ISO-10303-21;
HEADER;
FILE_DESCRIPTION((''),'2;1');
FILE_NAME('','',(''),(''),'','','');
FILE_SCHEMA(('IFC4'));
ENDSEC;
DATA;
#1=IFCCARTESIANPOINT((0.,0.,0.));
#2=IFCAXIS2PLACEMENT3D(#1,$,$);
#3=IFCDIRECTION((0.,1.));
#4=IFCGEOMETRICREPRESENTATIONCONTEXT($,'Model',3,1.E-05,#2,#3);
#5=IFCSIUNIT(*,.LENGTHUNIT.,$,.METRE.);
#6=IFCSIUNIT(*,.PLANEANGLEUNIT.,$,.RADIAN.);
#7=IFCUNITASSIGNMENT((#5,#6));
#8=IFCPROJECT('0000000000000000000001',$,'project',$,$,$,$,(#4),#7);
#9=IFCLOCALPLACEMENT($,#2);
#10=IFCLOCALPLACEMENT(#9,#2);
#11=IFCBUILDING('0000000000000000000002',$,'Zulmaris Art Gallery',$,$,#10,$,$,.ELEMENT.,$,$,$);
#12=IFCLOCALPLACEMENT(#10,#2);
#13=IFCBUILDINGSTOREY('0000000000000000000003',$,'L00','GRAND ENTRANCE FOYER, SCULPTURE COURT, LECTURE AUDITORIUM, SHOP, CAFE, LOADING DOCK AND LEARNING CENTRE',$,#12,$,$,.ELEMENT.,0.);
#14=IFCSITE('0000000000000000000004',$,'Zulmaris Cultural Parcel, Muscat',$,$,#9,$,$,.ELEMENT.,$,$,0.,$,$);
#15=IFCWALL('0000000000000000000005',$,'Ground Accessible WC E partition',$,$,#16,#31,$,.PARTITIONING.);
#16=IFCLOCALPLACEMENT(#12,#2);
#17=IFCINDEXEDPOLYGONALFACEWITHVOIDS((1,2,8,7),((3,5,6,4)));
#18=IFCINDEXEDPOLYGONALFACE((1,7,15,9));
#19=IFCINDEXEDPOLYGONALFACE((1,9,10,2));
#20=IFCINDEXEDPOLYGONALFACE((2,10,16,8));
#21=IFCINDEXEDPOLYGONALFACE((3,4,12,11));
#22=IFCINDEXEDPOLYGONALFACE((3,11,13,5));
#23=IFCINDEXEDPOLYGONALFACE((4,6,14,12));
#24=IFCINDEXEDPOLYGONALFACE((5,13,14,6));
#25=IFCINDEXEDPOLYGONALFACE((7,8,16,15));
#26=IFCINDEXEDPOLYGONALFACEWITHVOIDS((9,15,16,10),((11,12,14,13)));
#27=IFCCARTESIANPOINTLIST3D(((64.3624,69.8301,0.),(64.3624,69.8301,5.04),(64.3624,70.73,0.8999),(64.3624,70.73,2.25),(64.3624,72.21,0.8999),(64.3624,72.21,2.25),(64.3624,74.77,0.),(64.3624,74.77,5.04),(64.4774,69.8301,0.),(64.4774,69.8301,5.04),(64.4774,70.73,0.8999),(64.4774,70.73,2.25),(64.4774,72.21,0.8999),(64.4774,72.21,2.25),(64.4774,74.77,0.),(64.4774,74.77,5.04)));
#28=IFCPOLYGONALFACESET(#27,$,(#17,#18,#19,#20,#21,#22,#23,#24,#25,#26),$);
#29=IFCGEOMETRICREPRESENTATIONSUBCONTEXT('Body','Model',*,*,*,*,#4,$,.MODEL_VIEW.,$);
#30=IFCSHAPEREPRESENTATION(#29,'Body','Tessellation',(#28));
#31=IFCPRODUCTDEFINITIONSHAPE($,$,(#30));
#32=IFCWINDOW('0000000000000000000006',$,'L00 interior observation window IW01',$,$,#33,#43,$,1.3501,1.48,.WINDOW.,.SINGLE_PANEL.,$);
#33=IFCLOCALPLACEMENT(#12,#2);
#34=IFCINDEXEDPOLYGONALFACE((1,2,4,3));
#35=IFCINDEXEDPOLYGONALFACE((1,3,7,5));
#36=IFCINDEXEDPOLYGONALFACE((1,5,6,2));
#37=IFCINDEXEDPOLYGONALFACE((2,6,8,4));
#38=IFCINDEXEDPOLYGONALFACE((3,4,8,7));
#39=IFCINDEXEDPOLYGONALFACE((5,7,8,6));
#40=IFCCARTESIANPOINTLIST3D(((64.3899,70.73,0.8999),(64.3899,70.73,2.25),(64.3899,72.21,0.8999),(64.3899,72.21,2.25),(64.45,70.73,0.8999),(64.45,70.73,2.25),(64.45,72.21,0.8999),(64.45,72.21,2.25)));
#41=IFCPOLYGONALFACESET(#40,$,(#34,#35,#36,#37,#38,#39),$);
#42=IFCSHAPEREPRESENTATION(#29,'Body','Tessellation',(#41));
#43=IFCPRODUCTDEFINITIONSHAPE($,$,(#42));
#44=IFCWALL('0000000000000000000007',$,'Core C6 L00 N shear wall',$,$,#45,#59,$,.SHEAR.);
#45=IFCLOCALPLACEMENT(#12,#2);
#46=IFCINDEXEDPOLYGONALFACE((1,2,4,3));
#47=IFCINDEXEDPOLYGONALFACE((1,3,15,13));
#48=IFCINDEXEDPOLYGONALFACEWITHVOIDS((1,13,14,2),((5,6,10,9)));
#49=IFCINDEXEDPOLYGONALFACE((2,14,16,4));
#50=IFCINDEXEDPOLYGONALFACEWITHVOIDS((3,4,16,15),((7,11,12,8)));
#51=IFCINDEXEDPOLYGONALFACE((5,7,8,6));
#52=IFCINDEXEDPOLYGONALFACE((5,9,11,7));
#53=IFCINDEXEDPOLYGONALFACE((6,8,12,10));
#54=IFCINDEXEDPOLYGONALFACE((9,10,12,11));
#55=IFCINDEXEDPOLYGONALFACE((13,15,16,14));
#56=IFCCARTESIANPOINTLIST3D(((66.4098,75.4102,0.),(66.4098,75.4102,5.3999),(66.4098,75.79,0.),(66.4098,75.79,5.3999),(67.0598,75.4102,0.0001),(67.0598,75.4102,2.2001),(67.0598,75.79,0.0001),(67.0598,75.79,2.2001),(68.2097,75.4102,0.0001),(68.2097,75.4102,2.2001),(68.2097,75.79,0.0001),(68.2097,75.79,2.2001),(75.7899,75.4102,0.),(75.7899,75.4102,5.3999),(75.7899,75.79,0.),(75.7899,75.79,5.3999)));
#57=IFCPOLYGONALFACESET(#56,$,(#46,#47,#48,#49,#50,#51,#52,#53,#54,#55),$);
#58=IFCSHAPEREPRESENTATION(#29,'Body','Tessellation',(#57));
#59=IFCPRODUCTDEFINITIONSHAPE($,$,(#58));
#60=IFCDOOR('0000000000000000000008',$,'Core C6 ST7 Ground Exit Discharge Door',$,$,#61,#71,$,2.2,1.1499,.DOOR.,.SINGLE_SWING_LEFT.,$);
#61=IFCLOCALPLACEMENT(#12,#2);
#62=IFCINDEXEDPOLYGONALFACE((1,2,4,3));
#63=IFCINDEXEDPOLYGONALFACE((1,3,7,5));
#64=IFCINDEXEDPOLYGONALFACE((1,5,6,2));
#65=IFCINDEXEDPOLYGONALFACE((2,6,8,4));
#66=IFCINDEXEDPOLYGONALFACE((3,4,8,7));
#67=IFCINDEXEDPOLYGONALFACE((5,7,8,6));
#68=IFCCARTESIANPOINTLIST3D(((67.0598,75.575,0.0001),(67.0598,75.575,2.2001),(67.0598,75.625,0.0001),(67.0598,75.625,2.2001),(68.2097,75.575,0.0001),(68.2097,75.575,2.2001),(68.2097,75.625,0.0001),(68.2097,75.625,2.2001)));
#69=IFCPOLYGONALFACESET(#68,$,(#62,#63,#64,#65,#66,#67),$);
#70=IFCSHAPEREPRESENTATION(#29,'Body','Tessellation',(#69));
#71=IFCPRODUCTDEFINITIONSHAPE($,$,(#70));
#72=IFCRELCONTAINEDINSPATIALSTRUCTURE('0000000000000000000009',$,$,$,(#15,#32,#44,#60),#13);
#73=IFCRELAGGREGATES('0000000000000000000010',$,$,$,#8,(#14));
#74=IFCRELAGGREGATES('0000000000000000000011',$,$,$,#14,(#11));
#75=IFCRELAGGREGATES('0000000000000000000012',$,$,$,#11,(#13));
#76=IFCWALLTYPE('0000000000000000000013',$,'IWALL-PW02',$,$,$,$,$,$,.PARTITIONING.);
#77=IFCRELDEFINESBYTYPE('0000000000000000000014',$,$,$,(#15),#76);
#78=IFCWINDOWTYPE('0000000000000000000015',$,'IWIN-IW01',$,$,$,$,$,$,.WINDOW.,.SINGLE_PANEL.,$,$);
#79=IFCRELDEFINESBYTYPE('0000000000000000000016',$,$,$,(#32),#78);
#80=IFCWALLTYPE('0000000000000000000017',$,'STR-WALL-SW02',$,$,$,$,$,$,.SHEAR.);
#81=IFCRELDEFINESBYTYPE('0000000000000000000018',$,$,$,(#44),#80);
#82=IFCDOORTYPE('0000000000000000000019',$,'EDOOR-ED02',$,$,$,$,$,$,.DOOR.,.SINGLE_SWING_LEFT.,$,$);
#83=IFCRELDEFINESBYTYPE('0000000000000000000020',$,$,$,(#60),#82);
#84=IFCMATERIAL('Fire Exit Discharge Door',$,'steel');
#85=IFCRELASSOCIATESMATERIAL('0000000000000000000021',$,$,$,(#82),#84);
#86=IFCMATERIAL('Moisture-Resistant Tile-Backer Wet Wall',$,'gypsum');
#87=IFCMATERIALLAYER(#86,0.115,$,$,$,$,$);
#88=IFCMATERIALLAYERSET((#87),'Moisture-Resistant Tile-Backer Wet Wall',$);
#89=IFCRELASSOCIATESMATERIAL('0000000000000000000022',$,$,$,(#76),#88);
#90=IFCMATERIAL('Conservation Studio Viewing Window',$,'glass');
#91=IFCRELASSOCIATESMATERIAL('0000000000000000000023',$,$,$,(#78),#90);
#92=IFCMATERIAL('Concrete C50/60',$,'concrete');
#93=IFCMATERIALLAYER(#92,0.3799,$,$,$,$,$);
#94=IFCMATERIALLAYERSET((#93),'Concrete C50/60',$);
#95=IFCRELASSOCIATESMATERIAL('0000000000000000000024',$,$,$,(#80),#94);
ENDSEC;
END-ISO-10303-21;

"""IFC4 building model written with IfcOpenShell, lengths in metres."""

from ifc_helpers import new_model, si_unit, direction, frame, frame_2d, origin, place, context, subcontext, project, spatial, rectangle, extrude, material, layer, layer_set, type_object, element, fill, save


model = new_model("IFC4")

# Units and contexts
model_context = context("Model", 3, precision=1e-05, world=origin(), true_north=direction((0.0, 1.0)))
body_context = subcontext(model_context, "Body", "Model", "MODEL_VIEW")
ifc_project = project(units=[si_unit("LENGTHUNIT", "METRE"), si_unit("PLANEANGLEUNIT", "RADIAN")], contexts=[model_context])

# Site, building, storey
site_placement = place(None, origin())
site = spatial("IfcSite", under=ifc_project, at=site_placement, Name="Zulmaris Cultural Parcel, Muscat", CompositionType="ELEMENT", RefElevation=0.0)
building_placement = place(site_placement, origin())
building = spatial("IfcBuilding", under=site, at=building_placement, Name="Zulmaris Art Gallery", CompositionType="ELEMENT")
storey_placement = place(building_placement, origin())
storey = spatial("IfcBuildingStorey", under=building, at=storey_placement, Name="L00", Description="GRAND ENTRANCE FOYER, SCULPTURE COURT, LECTURE AUDITORIUM, SHOP, CAFE, LOADING DOCK AND LEARNING CENTRE", CompositionType="ELEMENT", Elevation=0.0)

# Shared definitions
ifc_material_1 = material(Name="Fire Exit Discharge Door", Category="steel")
door_type_1 = type_object("IfcDoorType", Name="EDOOR-ED02", OperationType="SINGLE_SWING_LEFT", PredefinedType="DOOR", material=ifc_material_1)

# Shared definitions
ifc_material_2 = material(Name="Moisture-Resistant Tile-Backer Wet Wall", Category="gypsum")
ifc_layer_1 = layer(ifc_material_2, 0.115)
ifc_layer_set_1 = layer_set([ifc_layer_1], Name="Moisture-Resistant Tile-Backer Wet Wall")
wall_type_1 = type_object("IfcWallType", Name="IWALL-PW02", PredefinedType="PARTITIONING", material=ifc_layer_set_1)

# Wall, opening, window
ifc_material_3 = material(Name="Conservation Studio Viewing Window", Category="glass")
window_type_1 = type_object("IfcWindowType", Name="IWIN-IW01", PartitioningType="SINGLE_PANEL", PredefinedType="WINDOW", material=ifc_material_3)
wall_1_placement = place(storey_placement, frame((64.4199, 69.8301, 0.0), z_axis=(0.0, 0.0, 1.0), x_axis=(0.0, 1.0, 0.0)))
wall_1 = element("IfcWall", 1, at=wall_1_placement, inside=storey, type_object=wall_type_1, Name="Ground Accessible WC E partition", PredefinedType="PARTITIONING", context=body_context, shape_type="SweptSolid", body=[
    extrude(rectangle(XDim=4.9399, YDim=0.115, at=frame_2d((2.47, 0.0))), origin(), (0.0, 0.0, 1.0), 5.04),
])
opening_1_placement = place(wall_1_placement, frame((0.8999, 0.0, 0.8999)))
opening_1 = element("IfcOpeningElement", 2, at=opening_1_placement, cuts=wall_1, PredefinedType="OPENING", context=body_context, shape_type="SweptSolid", body=[
    extrude(rectangle(XDim=1.48, YDim=1.3501, at=frame_2d((0.74, 0.675))), frame((0.0, 0.0674, 0.0), z_axis=(0.0, -1.0, 0.0), x_axis=(1.0, 0.0, 0.0)), (0.0, 0.0, 1.0), 0.135),
])
window_1_placement = place(opening_1_placement, origin())
window_1 = element("IfcWindow", 3, at=window_1_placement, inside=storey, type_object=window_type_1, Name="L00 interior observation window IW01", OverallHeight=1.3501, OverallWidth=1.48, PartitioningType="SINGLE_PANEL", PredefinedType="WINDOW", context=body_context, shape_type="SweptSolid", body=[
    extrude(rectangle(XDim=1.48, YDim=1.3501, at=frame_2d((0.74, 0.675))), frame((0.0, 0.03, 0.0), z_axis=(0.0, -1.0, 0.0), x_axis=(1.0, 0.0, 0.0)), (0.0, 0.0, 1.0), 0.0601),
])
fill(opening_1, window_1)

# Wall, opening, door
ifc_material_4 = material(Name="Concrete C50/60", Category="concrete")
ifc_layer_2 = layer(ifc_material_4, 0.3799)
ifc_layer_set_2 = layer_set([ifc_layer_2], Name="Concrete C50/60")
wall_type_2 = type_object("IfcWallType", Name="STR-WALL-SW02", PredefinedType="SHEAR", material=ifc_layer_set_2)
wall_2_placement = place(storey_placement, frame((66.4099, 75.6001, 0.0), z_axis=(0.0, 0.0, 1.0), x_axis=(1.0, 0.0, 0.0)))
wall_2 = element("IfcWall", 4, at=wall_2_placement, inside=storey, type_object=wall_type_2, Name="Core C6 L00 N shear wall", PredefinedType="SHEAR", context=body_context, shape_type="SweptSolid", body=[
    extrude(rectangle(XDim=9.3801, YDim=0.3799, at=frame_2d((4.6899, 0.0))), origin(), (0.0, 0.0, 1.0), 5.3999),
])
opening_2_placement = place(wall_2_placement, frame((0.6499, 0.0, 0.0)))
opening_2 = element("IfcOpeningElement", 5, at=opening_2_placement, cuts=wall_2, PredefinedType="OPENING", context=body_context, shape_type="SweptSolid", body=[
    extrude(rectangle(XDim=1.1499, YDim=2.2, at=frame_2d((0.575, 1.1001))), frame((0.0, 0.2, 0.0), z_axis=(0.0, -1.0, 0.0), x_axis=(1.0, 0.0, 0.0)), (0.0, 0.0, 1.0), 0.3999),
])
door_1_placement = place(opening_2_placement, origin())
door_1 = element("IfcDoor", 6, at=door_1_placement, inside=storey, type_object=door_type_1, Name="Core C6 ST7 Ground Exit Discharge Door", OperationType="SINGLE_SWING_LEFT", OverallHeight=2.2, OverallWidth=1.1499, PredefinedType="DOOR", context=body_context, shape_type="SweptSolid", body=[
    extrude(rectangle(XDim=1.1499, YDim=2.2, at=frame_2d((0.575, 1.1001))), frame((0.0, 0.0249, 0.0), z_axis=(0.0, -1.0, 0.0), x_axis=(1.0, 0.0, 0.0)), (0.0, 0.0, 1.0), 0.05),
])
fill(opening_2, door_1)

save(model, "model.ifc")
